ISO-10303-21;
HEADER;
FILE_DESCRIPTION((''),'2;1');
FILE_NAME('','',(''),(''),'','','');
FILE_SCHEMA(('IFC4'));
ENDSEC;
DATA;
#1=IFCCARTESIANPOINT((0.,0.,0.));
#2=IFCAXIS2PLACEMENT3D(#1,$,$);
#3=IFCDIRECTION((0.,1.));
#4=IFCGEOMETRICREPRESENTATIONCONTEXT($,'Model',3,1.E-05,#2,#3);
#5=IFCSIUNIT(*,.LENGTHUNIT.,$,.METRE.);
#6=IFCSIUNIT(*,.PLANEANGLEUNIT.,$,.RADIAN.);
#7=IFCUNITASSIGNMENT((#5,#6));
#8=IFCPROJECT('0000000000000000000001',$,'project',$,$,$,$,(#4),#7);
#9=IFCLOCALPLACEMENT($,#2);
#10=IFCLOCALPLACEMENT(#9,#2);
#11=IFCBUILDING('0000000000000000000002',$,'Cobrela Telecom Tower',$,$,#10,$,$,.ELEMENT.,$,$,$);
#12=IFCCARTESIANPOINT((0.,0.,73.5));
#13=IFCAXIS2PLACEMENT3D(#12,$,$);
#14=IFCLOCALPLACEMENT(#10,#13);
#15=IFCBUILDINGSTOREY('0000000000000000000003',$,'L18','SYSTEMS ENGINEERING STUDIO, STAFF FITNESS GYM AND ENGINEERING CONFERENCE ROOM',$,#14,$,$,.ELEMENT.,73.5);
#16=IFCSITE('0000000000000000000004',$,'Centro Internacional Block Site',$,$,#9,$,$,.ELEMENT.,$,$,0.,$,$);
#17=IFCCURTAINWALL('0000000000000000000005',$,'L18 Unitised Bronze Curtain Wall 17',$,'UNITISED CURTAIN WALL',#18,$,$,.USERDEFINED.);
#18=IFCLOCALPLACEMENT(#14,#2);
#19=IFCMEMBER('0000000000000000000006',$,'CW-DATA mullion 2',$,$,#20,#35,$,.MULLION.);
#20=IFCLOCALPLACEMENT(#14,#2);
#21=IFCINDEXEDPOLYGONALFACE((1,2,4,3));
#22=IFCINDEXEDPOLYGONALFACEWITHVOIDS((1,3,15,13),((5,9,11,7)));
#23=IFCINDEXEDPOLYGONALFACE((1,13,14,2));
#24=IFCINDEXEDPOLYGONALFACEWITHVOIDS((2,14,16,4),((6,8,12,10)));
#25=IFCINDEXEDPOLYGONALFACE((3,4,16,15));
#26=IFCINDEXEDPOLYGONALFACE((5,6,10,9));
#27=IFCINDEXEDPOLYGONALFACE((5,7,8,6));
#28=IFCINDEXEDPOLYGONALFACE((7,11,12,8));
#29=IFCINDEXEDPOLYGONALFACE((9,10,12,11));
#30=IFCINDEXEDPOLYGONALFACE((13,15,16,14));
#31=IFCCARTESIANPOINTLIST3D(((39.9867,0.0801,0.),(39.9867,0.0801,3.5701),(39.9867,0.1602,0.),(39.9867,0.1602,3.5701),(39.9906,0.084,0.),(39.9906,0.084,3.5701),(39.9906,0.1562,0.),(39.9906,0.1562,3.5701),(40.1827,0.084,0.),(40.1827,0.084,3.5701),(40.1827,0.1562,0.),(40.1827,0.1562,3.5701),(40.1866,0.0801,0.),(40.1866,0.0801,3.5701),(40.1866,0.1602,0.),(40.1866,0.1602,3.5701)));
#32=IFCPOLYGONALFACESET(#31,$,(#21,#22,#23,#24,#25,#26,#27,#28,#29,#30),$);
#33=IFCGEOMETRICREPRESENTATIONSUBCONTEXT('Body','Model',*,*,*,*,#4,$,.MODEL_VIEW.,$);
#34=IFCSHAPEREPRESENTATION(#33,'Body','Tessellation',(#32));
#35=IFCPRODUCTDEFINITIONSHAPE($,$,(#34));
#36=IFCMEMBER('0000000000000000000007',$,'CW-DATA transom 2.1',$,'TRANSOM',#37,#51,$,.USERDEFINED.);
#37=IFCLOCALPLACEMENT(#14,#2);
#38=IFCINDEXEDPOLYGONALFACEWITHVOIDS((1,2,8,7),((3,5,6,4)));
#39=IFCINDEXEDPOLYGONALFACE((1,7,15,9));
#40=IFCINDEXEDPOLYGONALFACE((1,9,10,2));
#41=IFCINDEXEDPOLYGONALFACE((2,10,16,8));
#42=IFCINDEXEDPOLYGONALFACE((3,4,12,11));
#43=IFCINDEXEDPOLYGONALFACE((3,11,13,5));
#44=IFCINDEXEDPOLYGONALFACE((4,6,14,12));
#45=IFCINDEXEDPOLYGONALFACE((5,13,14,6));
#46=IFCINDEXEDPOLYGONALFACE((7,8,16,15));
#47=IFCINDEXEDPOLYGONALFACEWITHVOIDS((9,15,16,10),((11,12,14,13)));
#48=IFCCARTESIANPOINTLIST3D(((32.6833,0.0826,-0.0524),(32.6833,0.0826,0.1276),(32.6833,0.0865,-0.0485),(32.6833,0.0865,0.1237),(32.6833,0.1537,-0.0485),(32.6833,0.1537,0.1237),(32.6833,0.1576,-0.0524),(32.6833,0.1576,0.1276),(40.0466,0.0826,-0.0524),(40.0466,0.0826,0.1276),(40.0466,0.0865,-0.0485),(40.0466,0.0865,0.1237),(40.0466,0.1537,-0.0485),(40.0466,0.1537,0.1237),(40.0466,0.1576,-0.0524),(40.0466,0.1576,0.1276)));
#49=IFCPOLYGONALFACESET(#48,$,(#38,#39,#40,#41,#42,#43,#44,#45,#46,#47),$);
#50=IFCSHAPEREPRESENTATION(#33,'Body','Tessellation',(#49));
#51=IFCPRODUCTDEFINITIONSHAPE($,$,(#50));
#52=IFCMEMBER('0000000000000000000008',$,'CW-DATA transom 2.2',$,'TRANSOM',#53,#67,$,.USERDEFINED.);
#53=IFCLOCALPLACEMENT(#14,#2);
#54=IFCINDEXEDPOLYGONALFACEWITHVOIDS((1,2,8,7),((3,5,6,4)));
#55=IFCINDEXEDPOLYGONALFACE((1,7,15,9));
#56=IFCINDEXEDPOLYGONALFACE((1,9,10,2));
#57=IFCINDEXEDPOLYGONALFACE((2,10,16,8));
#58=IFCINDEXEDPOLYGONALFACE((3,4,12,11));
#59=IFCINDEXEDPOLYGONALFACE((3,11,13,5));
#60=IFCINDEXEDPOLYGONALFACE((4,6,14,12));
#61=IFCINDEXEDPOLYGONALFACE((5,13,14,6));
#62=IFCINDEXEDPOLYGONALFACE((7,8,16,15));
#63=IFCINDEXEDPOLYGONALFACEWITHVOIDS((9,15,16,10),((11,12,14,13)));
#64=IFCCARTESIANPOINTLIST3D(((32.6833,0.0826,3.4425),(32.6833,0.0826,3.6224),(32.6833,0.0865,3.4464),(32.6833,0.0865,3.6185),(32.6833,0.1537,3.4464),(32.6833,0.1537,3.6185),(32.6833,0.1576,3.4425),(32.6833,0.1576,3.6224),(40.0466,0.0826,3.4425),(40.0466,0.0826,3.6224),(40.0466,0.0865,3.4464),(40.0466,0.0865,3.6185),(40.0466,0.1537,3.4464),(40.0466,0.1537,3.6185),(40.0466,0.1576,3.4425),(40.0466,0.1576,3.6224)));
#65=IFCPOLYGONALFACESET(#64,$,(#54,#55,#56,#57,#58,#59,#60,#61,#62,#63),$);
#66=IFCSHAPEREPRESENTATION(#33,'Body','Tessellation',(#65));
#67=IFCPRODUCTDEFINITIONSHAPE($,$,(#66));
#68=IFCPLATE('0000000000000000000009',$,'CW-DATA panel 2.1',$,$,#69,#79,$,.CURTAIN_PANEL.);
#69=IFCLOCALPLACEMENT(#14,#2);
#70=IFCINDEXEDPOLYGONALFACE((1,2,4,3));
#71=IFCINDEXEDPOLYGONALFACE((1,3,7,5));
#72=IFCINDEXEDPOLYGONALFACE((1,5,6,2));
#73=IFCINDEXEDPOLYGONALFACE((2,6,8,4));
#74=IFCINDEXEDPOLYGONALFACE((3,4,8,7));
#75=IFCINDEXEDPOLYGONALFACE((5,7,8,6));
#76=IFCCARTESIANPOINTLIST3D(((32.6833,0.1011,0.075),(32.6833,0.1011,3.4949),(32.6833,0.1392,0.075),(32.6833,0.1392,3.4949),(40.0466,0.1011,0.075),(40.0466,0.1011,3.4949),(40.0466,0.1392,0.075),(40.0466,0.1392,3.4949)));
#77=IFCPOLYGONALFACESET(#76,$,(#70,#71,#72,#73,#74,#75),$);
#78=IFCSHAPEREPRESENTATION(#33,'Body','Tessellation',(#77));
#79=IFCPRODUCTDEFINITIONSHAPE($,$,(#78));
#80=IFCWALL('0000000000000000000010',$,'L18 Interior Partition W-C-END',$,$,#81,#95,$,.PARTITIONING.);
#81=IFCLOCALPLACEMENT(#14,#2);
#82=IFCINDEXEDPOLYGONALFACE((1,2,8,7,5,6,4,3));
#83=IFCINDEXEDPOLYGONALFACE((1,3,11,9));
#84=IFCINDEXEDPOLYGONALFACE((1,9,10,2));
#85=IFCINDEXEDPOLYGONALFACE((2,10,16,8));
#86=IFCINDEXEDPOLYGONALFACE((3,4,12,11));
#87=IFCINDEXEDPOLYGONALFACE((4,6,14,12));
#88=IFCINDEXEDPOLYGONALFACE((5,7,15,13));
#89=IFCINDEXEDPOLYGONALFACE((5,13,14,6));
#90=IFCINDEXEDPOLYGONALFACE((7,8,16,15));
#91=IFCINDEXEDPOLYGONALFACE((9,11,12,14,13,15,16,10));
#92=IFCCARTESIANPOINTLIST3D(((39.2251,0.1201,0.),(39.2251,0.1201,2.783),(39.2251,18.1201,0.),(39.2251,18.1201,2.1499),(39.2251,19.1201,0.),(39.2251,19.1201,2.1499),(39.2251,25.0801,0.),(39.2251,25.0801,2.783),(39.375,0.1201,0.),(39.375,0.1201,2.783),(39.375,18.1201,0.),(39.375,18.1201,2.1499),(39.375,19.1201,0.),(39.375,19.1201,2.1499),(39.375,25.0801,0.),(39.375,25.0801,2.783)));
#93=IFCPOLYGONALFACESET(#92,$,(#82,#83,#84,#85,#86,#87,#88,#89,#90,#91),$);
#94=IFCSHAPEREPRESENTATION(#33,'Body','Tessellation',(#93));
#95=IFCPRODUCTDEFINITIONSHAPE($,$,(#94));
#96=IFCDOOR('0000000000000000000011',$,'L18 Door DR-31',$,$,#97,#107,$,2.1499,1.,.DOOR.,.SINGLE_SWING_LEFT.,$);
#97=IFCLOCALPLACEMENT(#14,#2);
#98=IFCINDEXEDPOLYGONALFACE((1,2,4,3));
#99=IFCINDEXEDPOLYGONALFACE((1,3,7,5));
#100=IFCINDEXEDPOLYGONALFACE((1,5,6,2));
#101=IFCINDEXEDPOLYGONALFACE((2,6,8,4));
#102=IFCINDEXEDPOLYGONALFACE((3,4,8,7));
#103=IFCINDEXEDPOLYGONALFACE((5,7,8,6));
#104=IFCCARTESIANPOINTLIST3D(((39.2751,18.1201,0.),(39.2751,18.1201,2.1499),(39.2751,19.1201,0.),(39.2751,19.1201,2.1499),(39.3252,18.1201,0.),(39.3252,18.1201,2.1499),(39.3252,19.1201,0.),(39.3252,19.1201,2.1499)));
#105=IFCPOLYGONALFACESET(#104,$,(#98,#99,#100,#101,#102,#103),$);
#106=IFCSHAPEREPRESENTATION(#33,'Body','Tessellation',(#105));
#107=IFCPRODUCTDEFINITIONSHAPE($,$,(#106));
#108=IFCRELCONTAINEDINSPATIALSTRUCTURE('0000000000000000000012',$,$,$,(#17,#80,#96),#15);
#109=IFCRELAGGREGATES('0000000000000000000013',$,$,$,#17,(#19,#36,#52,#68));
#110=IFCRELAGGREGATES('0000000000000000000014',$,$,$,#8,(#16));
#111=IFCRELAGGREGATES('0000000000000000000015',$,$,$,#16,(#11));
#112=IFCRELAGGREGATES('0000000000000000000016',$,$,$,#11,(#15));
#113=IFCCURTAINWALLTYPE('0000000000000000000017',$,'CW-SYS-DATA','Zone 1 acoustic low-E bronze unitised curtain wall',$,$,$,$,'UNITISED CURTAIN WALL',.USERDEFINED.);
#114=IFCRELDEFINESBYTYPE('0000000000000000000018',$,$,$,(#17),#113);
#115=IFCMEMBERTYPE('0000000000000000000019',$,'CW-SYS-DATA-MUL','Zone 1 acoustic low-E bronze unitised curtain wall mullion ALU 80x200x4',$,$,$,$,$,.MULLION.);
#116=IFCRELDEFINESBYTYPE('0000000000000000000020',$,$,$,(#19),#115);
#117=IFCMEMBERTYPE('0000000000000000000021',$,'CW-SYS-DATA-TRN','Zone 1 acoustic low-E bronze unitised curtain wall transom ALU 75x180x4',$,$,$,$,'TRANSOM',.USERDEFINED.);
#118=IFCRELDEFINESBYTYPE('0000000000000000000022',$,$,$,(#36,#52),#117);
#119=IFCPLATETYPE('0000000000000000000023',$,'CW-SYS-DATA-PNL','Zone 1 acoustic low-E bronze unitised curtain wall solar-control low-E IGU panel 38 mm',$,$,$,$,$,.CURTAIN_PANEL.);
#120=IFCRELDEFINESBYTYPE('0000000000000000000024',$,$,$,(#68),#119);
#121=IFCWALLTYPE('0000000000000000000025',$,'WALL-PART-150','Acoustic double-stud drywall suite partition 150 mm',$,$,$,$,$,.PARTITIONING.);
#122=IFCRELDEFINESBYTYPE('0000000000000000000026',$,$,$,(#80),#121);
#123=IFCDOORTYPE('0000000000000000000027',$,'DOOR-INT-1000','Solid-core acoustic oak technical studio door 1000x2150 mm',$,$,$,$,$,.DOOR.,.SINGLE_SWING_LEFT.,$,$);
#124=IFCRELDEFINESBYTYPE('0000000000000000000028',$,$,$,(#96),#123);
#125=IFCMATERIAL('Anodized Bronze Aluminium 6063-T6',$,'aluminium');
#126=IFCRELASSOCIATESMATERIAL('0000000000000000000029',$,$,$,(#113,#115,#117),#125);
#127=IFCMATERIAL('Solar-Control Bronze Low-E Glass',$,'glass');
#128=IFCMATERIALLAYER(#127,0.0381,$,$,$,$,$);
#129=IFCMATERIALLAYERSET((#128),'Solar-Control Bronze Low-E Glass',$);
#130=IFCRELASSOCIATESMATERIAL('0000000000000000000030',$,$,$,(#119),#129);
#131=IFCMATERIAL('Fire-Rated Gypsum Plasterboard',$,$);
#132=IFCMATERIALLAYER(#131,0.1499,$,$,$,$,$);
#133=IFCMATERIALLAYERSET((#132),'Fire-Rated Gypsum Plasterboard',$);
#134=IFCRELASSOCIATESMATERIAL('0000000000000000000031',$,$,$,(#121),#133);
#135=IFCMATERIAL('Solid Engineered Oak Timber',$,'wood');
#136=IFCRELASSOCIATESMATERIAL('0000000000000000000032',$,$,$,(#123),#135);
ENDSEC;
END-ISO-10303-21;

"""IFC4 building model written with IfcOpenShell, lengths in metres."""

from ifc_helpers import new_model, si_unit, direction, frame, frame_2d, origin, origin_2d, place, context, subcontext, project, spatial, rectangle, hollow_rectangle, extrude, material, layer, layer_set, material_profile, profile_set, type_object, element, fill, aggregate, save


model = new_model("IFC4")

# Units and contexts
model_context = context("Model", 3, precision=1e-05, world=origin(), true_north=direction((0.0, 1.0)))
body_context = subcontext(model_context, "Body", "Model", "MODEL_VIEW")
ifc_project = project(units=[si_unit("LENGTHUNIT", "METRE"), si_unit("PLANEANGLEUNIT", "RADIAN")], contexts=[model_context])

# Site, building, storey
site_placement = place(None, origin())
site = spatial("IfcSite", under=ifc_project, at=site_placement, Name="Centro Internacional Block Site", CompositionType="ELEMENT", RefElevation=0.0)
building_placement = place(site_placement, origin())
building = spatial("IfcBuilding", under=site, at=building_placement, Name="Cobrela Telecom Tower", CompositionType="ELEMENT")
storey_placement = place(building_placement, frame((0.0, 0.0, 73.5)))
storey = spatial("IfcBuildingStorey", under=building, at=storey_placement, Name="L18", Description="SYSTEMS ENGINEERING STUDIO, STAFF FITNESS GYM AND ENGINEERING CONFERENCE ROOM", CompositionType="ELEMENT", Elevation=73.5)

# Curtain wall, members, plate
ifc_material_1 = material(Name="Anodized Bronze Aluminium 6063-T6", Category="aluminium")
curtain_wall_type = type_object("IfcCurtainWallType", Name="CW-SYS-DATA", Description="Zone 1 acoustic low-E bronze unitised curtain wall", ElementType="UNITISED CURTAIN WALL", PredefinedType="USERDEFINED", material=ifc_material_1)
curtain_wall_placement = place(storey_placement, origin())
curtain_wall = element("IfcCurtainWall", 1, at=curtain_wall_placement, inside=storey, type_object=curtain_wall_type, Name="L18 Unitised Bronze Curtain Wall 17", ObjectType="UNITISED CURTAIN WALL", PredefinedType="USERDEFINED")
ifc_material_profile_1 = material_profile(ifc_material_1, hollow_rectangle(XDim=0.0801, YDim=0.2, WallThickness=0.0039, at=origin_2d()), Name="ALU 80x200x4")
ifc_profile_set_1 = profile_set([ifc_material_profile_1], Name="Anodized Bronze Aluminium 6063-T6")
member_type_1 = type_object("IfcMemberType", Name="CW-SYS-DATA-MUL", Description="Zone 1 acoustic low-E bronze unitised curtain wall mullion ALU 80x200x4", PredefinedType="MULLION", material=ifc_profile_set_1)
member_1_placement = place(storey_placement, frame((40.0867, 0.1201, 0.0), z_axis=(0.0, 0.0, 1.0), x_axis=(0.0, -1.0, 0.0)))
member_1 = element("IfcMember", 2, at=member_1_placement, type_object=member_type_1, Name="CW-DATA mullion 2", PredefinedType="MULLION", context=body_context, shape_type="SweptSolid", body=[
    extrude(hollow_rectangle(XDim=0.0801, YDim=0.2, WallThickness=0.0039, at=origin_2d()), origin(), (0.0, 0.0, 1.0), 3.5701),
])
ifc_material_profile_2 = material_profile(ifc_material_1, hollow_rectangle(XDim=0.075, YDim=0.1799, WallThickness=0.0039, at=origin_2d()), Name="ALU 75x180x4")
ifc_profile_set_2 = profile_set([ifc_material_profile_2], Name="Anodized Bronze Aluminium 6063-T6")
member_type_2 = type_object("IfcMemberType", Name="CW-SYS-DATA-TRN", Description="Zone 1 acoustic low-E bronze unitised curtain wall transom ALU 75x180x4", ElementType="TRANSOM", PredefinedType="USERDEFINED", material=ifc_profile_set_2)
member_2_placement = place(storey_placement, frame((40.0466, 0.1201, 0.0376), z_axis=(-1.0, 0.0, 0.0), x_axis=(0.0, -1.0, 0.0)))
member_2 = element("IfcMember", 3, at=member_2_placement, type_object=member_type_2, Name="CW-DATA transom 2.1", ObjectType="TRANSOM", PredefinedType="USERDEFINED", context=body_context, shape_type="SweptSolid", body=[
    extrude(hollow_rectangle(XDim=0.075, YDim=0.1799, WallThickness=0.0039, at=origin_2d()), origin(), (0.0, 0.0, 1.0), 7.3633),
])
member_3_placement = place(storey_placement, frame((40.0466, 0.1201, 3.5325), z_axis=(-1.0, 0.0, 0.0), x_axis=(0.0, -1.0, 0.0)))
member_3 = element("IfcMember", 4, at=member_3_placement, type_object=member_type_2, Name="CW-DATA transom 2.2", ObjectType="TRANSOM", PredefinedType="USERDEFINED", context=body_context, shape_type="SweptSolid", body=[
    extrude(hollow_rectangle(XDim=0.075, YDim=0.1799, WallThickness=0.0039, at=origin_2d()), origin(), (0.0, 0.0, 1.0), 7.3633),
])
ifc_material_2 = material(Name="Solar-Control Bronze Low-E Glass", Category="glass")
ifc_layer_1 = layer(ifc_material_2, 0.0381)
ifc_layer_set_1 = layer_set([ifc_layer_1], Name="Solar-Control Bronze Low-E Glass")
plate_type = type_object("IfcPlateType", Name="CW-SYS-DATA-PNL", Description="Zone 1 acoustic low-E bronze unitised curtain wall solar-control low-E IGU panel 38 mm", PredefinedType="CURTAIN_PANEL", material=ifc_layer_set_1)
plate_placement = place(storey_placement, frame((36.365, 0.1201, 0.075), z_axis=(0.0, 0.0, 1.0), x_axis=(-1.0, 0.0, 0.0)))
plate = element("IfcPlate", 5, at=plate_placement, type_object=plate_type, Name="CW-DATA panel 2.1", PredefinedType="CURTAIN_PANEL", context=body_context, shape_type="SweptSolid", body=[
    extrude(rectangle(XDim=7.3633, YDim=0.0381, at=origin_2d()), origin(), (0.0, 0.0, 1.0), 3.4199),
])
aggregate(curtain_wall, [member_1, member_2, member_3, plate])

# Wall, opening, door
ifc_material_3 = material(Name="Fire-Rated Gypsum Plasterboard")
ifc_layer_2 = layer(ifc_material_3, 0.1499)
ifc_layer_set_2 = layer_set([ifc_layer_2], Name="Fire-Rated Gypsum Plasterboard")
wall_type = type_object("IfcWallType", Name="WALL-PART-150", Description="Acoustic double-stud drywall suite partition 150 mm", PredefinedType="PARTITIONING", material=ifc_layer_set_2)
wall_placement = place(storey_placement, frame((39.3, 0.1201, 0.0), z_axis=(0.0, 0.0, 1.0), x_axis=(0.0, 1.0, 0.0)))
wall = element("IfcWall", 6, at=wall_placement, inside=storey, type_object=wall_type, Name="L18 Interior Partition W-C-END", PredefinedType="PARTITIONING", context=body_context, shape_type="SweptSolid", body=[
    extrude(rectangle(XDim=24.96, YDim=0.1499, at=frame_2d((12.48, 0.0))), origin(), (0.0, 0.0, 1.0), 2.783),
])
opening_placement = place(wall_placement, frame((18.0, 0.0, 0.0)))
opening = element("IfcOpeningElement", 7, at=opening_placement, cuts=wall, PredefinedType="OPENING", context=body_context, shape_type="SweptSolid", body=[
    extrude(rectangle(XDim=1.0, YDim=2.1499, at=frame_2d((0.5, 1.075))), frame((0.0, 0.0869, 0.0), z_axis=(0.0, -1.0, 0.0), x_axis=(1.0, 0.0, 0.0)), (0.0, 0.0, 1.0), 0.1738),
])
ifc_material_4 = material(Name="Solid Engineered Oak Timber", Category="wood")
door_type = type_object("IfcDoorType", Name="DOOR-INT-1000", Description="Solid-core acoustic oak technical studio door 1000x2150 mm", OperationType="SINGLE_SWING_LEFT", PredefinedType="DOOR", material=ifc_material_4)
door_placement = place(opening_placement, origin())
door = element("IfcDoor", 8, at=door_placement, inside=storey, type_object=door_type, Name="L18 Door DR-31", OperationType="SINGLE_SWING_LEFT", OverallHeight=2.1499, OverallWidth=1.0, PredefinedType="DOOR", context=body_context, shape_type="SweptSolid", body=[
    extrude(rectangle(XDim=1.0, YDim=2.1499, at=frame_2d((0.5, 1.075))), frame((0.0, 0.0249, 0.0), z_axis=(0.0, -1.0, 0.0), x_axis=(1.0, 0.0, 0.0)), (0.0, 0.0, 1.0), 0.05),
])
fill(opening, door)

save(model, "model.ifc")
